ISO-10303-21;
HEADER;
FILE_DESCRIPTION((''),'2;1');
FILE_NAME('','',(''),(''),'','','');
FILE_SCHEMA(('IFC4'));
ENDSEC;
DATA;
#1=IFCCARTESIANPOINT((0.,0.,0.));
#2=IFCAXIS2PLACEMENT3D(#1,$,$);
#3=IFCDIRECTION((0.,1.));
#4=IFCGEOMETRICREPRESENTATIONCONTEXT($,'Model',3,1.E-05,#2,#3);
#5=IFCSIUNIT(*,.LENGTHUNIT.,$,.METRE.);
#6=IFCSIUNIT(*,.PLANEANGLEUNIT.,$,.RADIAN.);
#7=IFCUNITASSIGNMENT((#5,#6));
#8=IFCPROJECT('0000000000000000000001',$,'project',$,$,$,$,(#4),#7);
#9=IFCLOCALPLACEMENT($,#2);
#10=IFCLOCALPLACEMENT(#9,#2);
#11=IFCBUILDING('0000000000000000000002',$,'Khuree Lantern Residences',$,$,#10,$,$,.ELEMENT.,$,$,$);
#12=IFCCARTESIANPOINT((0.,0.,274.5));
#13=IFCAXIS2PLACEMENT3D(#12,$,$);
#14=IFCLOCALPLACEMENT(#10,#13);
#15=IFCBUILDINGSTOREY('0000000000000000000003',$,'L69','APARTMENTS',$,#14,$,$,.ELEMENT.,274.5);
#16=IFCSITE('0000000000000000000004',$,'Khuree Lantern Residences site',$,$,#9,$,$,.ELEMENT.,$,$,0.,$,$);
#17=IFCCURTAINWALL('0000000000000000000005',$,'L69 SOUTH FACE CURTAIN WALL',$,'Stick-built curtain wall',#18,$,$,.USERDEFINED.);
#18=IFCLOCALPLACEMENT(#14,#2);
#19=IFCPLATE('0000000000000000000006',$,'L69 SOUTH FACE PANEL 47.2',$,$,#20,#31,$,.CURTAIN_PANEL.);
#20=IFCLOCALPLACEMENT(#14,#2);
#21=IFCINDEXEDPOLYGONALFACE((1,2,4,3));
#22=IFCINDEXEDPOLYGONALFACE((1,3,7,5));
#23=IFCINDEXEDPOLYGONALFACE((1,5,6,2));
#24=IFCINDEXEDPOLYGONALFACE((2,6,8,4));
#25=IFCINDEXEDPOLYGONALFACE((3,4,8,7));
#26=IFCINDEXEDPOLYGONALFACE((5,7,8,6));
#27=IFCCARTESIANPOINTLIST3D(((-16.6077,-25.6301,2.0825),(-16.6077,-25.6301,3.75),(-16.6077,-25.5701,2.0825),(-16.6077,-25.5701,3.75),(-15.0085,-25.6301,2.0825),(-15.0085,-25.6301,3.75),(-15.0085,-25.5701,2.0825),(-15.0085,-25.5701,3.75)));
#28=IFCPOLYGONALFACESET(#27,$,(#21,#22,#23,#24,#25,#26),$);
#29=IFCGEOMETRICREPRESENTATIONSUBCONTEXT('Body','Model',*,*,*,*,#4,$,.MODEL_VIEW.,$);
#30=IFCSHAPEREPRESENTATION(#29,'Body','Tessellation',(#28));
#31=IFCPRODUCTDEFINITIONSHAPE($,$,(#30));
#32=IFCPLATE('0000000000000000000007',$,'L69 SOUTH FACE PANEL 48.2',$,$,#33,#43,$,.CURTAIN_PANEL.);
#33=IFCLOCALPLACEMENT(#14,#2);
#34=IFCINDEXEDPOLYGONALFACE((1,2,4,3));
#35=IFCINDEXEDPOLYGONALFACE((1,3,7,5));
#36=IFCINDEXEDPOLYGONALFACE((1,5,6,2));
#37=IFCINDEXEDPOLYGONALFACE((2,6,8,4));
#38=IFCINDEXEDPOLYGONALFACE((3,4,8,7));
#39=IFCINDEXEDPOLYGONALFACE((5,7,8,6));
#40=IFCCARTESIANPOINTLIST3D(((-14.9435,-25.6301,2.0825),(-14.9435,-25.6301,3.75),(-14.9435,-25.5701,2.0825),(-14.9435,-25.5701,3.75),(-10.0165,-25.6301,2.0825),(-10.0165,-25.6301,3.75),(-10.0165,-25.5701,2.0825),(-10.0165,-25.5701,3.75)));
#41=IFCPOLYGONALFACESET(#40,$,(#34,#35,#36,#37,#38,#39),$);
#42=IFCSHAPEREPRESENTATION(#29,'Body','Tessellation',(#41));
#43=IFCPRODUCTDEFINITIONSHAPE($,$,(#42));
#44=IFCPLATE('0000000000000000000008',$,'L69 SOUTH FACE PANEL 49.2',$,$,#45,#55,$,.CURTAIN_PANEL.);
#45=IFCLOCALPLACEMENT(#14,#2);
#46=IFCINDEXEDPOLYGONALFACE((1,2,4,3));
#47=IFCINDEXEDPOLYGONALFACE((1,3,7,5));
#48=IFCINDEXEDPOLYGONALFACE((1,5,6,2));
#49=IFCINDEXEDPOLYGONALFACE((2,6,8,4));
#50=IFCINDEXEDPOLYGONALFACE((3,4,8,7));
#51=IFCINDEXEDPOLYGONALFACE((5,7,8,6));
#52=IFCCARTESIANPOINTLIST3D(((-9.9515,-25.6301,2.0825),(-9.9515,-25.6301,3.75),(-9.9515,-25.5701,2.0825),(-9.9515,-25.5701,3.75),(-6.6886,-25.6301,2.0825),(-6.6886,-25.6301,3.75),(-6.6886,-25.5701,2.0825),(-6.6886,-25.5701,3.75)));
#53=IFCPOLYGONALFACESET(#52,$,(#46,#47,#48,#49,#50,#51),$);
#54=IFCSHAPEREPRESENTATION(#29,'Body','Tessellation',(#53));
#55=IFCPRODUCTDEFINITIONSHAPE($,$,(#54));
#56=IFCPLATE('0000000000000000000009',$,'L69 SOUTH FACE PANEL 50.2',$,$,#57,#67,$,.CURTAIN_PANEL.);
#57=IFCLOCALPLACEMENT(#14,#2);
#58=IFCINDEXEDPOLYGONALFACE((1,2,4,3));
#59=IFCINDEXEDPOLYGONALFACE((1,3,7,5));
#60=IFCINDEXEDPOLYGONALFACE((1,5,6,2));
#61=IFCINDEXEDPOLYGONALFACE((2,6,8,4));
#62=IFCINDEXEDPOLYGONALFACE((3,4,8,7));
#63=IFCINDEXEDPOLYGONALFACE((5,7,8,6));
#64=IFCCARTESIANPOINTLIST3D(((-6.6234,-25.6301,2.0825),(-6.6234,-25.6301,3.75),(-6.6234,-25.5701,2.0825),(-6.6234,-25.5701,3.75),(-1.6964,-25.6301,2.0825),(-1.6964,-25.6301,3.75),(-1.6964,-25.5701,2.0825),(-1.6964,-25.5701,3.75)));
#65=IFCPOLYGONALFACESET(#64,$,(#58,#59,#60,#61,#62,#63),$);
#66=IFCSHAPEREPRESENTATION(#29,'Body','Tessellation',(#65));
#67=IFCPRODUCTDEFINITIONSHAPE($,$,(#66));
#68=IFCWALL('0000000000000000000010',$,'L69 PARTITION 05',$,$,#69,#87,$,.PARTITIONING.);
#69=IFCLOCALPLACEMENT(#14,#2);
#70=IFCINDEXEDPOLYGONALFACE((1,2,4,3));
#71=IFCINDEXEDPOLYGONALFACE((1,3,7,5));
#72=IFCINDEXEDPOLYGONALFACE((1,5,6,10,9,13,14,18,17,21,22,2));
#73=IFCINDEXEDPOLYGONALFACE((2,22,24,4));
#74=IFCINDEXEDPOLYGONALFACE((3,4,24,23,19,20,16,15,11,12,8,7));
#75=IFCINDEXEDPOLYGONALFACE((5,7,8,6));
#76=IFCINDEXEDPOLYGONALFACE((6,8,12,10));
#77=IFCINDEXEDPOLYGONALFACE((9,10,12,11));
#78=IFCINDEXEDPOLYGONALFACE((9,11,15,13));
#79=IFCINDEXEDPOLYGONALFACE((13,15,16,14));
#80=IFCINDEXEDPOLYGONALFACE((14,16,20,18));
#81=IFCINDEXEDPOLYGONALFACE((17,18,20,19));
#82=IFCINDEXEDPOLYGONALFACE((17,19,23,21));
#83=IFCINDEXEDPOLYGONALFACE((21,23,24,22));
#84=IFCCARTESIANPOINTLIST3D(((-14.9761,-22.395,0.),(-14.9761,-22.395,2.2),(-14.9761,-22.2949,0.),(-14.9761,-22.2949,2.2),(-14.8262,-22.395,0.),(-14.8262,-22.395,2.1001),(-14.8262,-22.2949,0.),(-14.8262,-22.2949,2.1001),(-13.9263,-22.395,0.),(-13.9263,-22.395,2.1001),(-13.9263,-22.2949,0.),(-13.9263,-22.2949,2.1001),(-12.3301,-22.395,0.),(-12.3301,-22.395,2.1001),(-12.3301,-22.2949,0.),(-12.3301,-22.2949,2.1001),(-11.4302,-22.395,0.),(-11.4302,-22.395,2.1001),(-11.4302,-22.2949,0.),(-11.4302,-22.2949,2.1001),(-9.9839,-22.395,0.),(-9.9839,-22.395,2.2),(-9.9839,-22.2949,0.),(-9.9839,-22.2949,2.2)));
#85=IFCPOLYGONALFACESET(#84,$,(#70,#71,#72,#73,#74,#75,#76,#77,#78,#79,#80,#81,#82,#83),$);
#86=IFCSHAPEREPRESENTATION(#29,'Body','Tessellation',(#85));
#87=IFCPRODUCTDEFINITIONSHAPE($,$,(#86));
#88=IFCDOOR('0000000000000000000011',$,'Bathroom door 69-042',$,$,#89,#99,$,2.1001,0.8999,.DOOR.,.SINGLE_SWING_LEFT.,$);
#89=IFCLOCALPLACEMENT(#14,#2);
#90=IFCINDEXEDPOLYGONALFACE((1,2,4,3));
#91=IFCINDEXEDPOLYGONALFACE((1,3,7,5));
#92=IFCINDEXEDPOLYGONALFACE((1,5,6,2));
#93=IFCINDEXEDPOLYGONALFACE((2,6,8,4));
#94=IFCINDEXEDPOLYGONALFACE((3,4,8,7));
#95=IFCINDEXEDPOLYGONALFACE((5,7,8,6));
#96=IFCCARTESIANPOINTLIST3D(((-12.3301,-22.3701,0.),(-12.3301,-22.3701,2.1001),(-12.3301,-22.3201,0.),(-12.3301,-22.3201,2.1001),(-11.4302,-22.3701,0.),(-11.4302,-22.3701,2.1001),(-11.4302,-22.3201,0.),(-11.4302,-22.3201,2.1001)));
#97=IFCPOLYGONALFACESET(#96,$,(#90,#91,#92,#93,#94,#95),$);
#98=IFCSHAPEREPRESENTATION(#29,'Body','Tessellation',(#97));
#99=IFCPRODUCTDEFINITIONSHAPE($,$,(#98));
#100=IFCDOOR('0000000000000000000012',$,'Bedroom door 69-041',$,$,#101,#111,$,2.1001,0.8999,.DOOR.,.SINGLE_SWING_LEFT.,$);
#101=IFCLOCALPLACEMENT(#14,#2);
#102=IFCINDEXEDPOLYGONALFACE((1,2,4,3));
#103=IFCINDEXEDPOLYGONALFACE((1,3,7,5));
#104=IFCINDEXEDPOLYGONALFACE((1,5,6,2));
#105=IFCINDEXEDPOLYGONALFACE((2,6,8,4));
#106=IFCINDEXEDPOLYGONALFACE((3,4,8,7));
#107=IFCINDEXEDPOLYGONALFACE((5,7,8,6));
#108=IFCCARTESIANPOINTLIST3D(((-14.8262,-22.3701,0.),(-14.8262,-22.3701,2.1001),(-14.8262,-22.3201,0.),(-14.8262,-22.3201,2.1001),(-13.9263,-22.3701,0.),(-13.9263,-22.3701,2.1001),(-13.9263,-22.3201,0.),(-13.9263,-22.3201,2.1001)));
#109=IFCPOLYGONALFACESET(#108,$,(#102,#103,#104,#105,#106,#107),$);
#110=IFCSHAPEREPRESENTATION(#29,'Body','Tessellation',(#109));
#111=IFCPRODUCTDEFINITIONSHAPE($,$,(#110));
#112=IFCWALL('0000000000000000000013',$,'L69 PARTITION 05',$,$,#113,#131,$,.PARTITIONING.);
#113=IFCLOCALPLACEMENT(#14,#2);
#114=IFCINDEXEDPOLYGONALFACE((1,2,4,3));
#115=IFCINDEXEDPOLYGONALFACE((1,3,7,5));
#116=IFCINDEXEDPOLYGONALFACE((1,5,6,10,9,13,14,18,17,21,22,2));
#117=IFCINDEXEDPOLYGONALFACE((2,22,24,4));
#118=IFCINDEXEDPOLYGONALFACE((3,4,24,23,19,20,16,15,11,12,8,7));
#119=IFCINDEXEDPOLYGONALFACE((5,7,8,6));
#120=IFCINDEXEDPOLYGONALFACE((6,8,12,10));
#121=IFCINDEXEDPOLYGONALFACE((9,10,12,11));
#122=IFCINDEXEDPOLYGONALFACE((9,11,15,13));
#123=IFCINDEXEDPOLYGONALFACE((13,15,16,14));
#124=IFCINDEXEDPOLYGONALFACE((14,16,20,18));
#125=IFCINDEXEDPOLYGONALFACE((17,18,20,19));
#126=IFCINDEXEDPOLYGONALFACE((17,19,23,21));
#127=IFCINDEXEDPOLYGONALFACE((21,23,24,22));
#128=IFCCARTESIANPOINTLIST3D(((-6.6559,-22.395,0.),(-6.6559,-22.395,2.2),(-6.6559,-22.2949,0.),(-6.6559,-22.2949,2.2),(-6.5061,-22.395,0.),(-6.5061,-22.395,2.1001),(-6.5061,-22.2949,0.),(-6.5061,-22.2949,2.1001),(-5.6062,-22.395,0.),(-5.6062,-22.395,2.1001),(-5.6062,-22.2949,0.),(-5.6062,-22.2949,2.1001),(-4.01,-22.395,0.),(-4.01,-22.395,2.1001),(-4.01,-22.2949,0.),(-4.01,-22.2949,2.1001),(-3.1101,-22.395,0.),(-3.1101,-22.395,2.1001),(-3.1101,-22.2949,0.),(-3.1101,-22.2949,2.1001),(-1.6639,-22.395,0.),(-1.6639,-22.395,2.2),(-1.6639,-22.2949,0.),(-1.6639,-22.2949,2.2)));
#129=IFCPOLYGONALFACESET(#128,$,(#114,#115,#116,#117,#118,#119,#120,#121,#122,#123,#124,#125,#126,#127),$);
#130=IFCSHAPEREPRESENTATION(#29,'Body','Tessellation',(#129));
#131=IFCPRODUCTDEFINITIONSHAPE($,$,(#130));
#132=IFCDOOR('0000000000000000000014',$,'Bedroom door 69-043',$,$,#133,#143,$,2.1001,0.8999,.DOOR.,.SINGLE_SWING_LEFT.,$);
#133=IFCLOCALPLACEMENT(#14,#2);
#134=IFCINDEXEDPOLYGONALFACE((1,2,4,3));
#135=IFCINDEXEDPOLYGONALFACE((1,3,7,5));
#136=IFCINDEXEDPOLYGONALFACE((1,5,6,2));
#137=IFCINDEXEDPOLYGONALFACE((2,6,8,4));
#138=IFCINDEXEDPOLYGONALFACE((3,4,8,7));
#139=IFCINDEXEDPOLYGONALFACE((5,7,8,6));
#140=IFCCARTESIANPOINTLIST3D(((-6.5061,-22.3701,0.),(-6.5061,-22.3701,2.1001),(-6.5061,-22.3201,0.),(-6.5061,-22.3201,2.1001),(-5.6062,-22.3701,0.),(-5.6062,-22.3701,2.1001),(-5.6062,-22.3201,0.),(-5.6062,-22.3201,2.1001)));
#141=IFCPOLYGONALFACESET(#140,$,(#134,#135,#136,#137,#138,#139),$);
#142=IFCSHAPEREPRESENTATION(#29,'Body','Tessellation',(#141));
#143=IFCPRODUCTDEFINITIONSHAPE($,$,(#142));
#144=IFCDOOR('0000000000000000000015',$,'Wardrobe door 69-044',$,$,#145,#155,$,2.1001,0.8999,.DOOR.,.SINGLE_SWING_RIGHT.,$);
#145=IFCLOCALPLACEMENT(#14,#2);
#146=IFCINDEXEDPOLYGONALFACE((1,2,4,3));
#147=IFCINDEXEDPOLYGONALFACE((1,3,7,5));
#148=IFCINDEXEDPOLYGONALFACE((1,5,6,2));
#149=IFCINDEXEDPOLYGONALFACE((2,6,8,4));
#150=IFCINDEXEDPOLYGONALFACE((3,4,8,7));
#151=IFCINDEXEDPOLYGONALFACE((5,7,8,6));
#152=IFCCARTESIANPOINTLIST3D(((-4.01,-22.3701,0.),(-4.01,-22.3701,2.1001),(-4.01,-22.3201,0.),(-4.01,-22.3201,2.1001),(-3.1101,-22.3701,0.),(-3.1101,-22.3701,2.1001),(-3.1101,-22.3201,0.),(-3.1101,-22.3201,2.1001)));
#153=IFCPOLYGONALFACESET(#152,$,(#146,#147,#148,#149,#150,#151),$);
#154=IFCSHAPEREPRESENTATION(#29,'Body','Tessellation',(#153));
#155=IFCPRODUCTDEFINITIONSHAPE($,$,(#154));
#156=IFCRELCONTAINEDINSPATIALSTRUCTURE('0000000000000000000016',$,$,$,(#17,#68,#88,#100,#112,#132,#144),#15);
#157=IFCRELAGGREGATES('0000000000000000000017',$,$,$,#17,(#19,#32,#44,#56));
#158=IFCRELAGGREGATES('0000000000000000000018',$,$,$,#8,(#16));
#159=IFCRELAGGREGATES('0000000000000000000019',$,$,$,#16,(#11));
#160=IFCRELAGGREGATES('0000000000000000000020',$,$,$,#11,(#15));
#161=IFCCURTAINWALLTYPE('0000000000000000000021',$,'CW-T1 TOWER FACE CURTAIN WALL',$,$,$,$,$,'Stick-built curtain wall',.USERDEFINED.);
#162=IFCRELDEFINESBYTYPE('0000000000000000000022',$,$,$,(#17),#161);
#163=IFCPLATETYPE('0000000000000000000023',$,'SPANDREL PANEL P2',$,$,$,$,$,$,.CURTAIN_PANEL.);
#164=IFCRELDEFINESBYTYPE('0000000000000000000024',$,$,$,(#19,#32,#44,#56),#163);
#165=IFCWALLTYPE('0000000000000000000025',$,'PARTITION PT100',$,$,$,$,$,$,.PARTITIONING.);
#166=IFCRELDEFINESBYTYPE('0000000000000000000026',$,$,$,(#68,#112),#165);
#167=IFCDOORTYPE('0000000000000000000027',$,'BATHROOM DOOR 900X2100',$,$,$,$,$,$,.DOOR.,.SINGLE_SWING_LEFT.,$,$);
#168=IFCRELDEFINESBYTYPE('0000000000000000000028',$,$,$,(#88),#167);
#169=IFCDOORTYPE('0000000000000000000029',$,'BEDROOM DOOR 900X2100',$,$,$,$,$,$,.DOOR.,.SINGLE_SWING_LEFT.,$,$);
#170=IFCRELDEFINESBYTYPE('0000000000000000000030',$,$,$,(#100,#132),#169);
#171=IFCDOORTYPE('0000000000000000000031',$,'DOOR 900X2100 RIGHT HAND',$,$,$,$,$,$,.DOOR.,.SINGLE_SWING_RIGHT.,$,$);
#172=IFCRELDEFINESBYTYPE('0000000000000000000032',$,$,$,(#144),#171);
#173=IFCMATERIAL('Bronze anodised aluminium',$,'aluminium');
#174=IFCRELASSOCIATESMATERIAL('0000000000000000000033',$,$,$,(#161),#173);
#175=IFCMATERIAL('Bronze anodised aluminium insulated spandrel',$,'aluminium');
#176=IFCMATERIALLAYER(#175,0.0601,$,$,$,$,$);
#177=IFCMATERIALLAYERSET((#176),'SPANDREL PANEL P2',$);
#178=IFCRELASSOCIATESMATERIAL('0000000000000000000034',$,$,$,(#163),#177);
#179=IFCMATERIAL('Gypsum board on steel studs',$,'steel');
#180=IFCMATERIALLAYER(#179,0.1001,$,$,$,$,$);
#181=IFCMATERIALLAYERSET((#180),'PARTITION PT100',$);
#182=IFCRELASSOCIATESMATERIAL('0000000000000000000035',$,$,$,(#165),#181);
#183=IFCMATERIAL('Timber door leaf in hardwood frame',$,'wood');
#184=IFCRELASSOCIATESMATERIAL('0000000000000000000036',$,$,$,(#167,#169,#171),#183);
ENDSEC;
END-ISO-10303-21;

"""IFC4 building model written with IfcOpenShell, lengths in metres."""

from ifc_helpers import new_model, si_unit, direction, frame, frame_2d, origin, origin_2d, place, context, subcontext, project, spatial, rectangle, extrude, material, layer, layer_set, type_object, element, fill, aggregate, save


model = new_model("IFC4")

# Units and contexts
model_context = context("Model", 3, precision=1e-05, world=origin(), true_north=direction((0.0, 1.0)))
body_context = subcontext(model_context, "Body", "Model", "MODEL_VIEW")
ifc_project = project(units=[si_unit("LENGTHUNIT", "METRE"), si_unit("PLANEANGLEUNIT", "RADIAN")], contexts=[model_context])

# Site, building, storey
site_placement = place(None, origin())
site = spatial("IfcSite", under=ifc_project, at=site_placement, Name="Khuree Lantern Residences site", CompositionType="ELEMENT", RefElevation=0.0)
building_placement = place(site_placement, origin())
building = spatial("IfcBuilding", under=site, at=building_placement, Name="Khuree Lantern Residences", CompositionType="ELEMENT")
storey_placement = place(building_placement, frame((0.0, 0.0, 274.5)))
storey = spatial("IfcBuildingStorey", under=building, at=storey_placement, Name="L69", Description="APARTMENTS", CompositionType="ELEMENT", Elevation=274.5)

# Curtain wall
ifc_material_1 = material(Name="Bronze anodised aluminium", Category="aluminium")
curtain_wall_type = type_object("IfcCurtainWallType", Name="CW-T1 TOWER FACE CURTAIN WALL", ElementType="Stick-built curtain wall", PredefinedType="USERDEFINED", material=ifc_material_1)
curtain_wall_placement = place(storey_placement, origin())
curtain_wall = element("IfcCurtainWall", 1, at=curtain_wall_placement, inside=storey, type_object=curtain_wall_type, Name="L69 SOUTH FACE CURTAIN WALL", ObjectType="Stick-built curtain wall", PredefinedType="USERDEFINED")

# Plates
ifc_material_2 = material(Name="Bronze anodised aluminium insulated spandrel", Category="aluminium")
ifc_layer_1 = layer(ifc_material_2, 0.0601)
ifc_layer_set_1 = layer_set([ifc_layer_1], Name="SPANDREL PANEL P2")
plate_type_1 = type_object("IfcPlateType", Name="SPANDREL PANEL P2", PredefinedType="CURTAIN_PANEL", material=ifc_layer_set_1)
plate_1_placement = place(storey_placement, frame((-15.8081, -25.6001, 2.0825), z_axis=(0.0, 0.0, 1.0), x_axis=(1.0, 0.0, 0.0)))
plate_1 = element("IfcPlate", 2, at=plate_1_placement, type_object=plate_type_1, Name="L69 SOUTH FACE PANEL 47.2", PredefinedType="CURTAIN_PANEL", context=body_context, shape_type="SweptSolid", body=[
    extrude(rectangle(XDim=1.5991, YDim=0.0601, at=origin_2d()), origin(), (0.0, 0.0, 1.0), 1.6675),
])
plate_2_placement = place(storey_placement, frame((-12.48, -25.6001, 2.0825), z_axis=(0.0, 0.0, 1.0), x_axis=(1.0, 0.0, 0.0)))
plate_2 = element("IfcPlate", 3, at=plate_2_placement, type_object=plate_type_1, Name="L69 SOUTH FACE PANEL 48.2", PredefinedType="CURTAIN_PANEL", context=body_context, shape_type="SweptSolid", body=[
    extrude(rectangle(XDim=4.927, YDim=0.0601, at=origin_2d()), origin(), (0.0, 0.0, 1.0), 1.6675),
])
plate_3_placement = place(storey_placement, frame((-8.3201, -25.6001, 2.0825), z_axis=(0.0, 0.0, 1.0), x_axis=(1.0, 0.0, 0.0)))
plate_3 = element("IfcPlate", 4, at=plate_3_placement, type_object=plate_type_1, Name="L69 SOUTH FACE PANEL 49.2", PredefinedType="CURTAIN_PANEL", context=body_context, shape_type="SweptSolid", body=[
    extrude(rectangle(XDim=3.2629, YDim=0.0601, at=origin_2d()), origin(), (0.0, 0.0, 1.0), 1.6675),
])
plate_4_placement = place(storey_placement, frame((-4.1599, -25.6001, 2.0825), z_axis=(0.0, 0.0, 1.0), x_axis=(1.0, 0.0, 0.0)))
plate_4 = element("IfcPlate", 5, at=plate_4_placement, type_object=plate_type_1, Name="L69 SOUTH FACE PANEL 50.2", PredefinedType="CURTAIN_PANEL", context=body_context, shape_type="SweptSolid", body=[
    extrude(rectangle(XDim=4.927, YDim=0.0601, at=origin_2d()), origin(), (0.0, 0.0, 1.0), 1.6675),
])
aggregate(curtain_wall, [plate_1, plate_2, plate_3, plate_4])

# Walls, openings, doors
ifc_material_3 = material(Name="Gypsum board on steel studs", Category="steel")
ifc_layer_2 = layer(ifc_material_3, 0.1001)
ifc_layer_set_2 = layer_set([ifc_layer_2], Name="PARTITION PT100")
wall_type = type_object("IfcWallType", Name="PARTITION PT100", PredefinedType="PARTITIONING", material=ifc_layer_set_2)
wall_1_placement = place(storey_placement, frame((-14.9761, -22.345, 0.0), z_axis=(0.0, 0.0, 1.0), x_axis=(1.0, 0.0, 0.0)))
wall_1 = element("IfcWall", 6, at=wall_1_placement, inside=storey, type_object=wall_type, Name="L69 PARTITION 05", PredefinedType="PARTITIONING", context=body_context, shape_type="SweptSolid", body=[
    extrude(rectangle(XDim=4.9922, YDim=0.1001, at=frame_2d((2.4961, 0.0))), origin(), (0.0, 0.0, 1.0), 2.2),
])
opening_1_placement = place(wall_1_placement, frame((0.1499, 0.0, 0.0)))
opening_1 = element("IfcOpeningElement", 7, at=opening_1_placement, cuts=wall_1, PredefinedType="OPENING", context=body_context, shape_type="SweptSolid", body=[
    extrude(rectangle(XDim=0.8999, YDim=2.1001, at=frame_2d((0.45, 1.05))), frame((0.0, 0.0601, 0.0), z_axis=(0.0, -1.0, 0.0), x_axis=(1.0, 0.0, 0.0)), (0.0, 0.0, 1.0), 0.1201),
])
opening_2_placement = place(wall_1_placement, frame((2.646, 0.0, 0.0)))
opening_2 = element("IfcOpeningElement", 8, at=opening_2_placement, cuts=wall_1, PredefinedType="OPENING", context=body_context, shape_type="SweptSolid", body=[
    extrude(rectangle(XDim=0.8999, YDim=2.1001, at=frame_2d((0.45, 1.05))), frame((0.0, 0.0601, 0.0), z_axis=(0.0, -1.0, 0.0), x_axis=(1.0, 0.0, 0.0)), (0.0, 0.0, 1.0), 0.1201),
])
ifc_material_4 = material(Name="Timber door leaf in hardwood frame", Category="wood")
door_type_1 = type_object("IfcDoorType", Name="BATHROOM DOOR 900X2100", OperationType="SINGLE_SWING_LEFT", PredefinedType="DOOR", material=ifc_material_4)
door_1_placement = place(opening_2_placement, origin())
door_1 = element("IfcDoor", 9, at=door_1_placement, inside=storey, type_object=door_type_1, Name="Bathroom door 69-042", OperationType="SINGLE_SWING_LEFT", OverallHeight=2.1001, OverallWidth=0.8999, PredefinedType="DOOR", context=body_context, shape_type="SweptSolid", body=[
    extrude(rectangle(XDim=0.8999, YDim=2.1001, at=frame_2d((0.45, 1.05))), frame((0.0, 0.0249, 0.0), z_axis=(0.0, -1.0, 0.0), x_axis=(1.0, 0.0, 0.0)), (0.0, 0.0, 1.0), 0.05),
])
fill(opening_2, door_1)
door_type_2 = type_object("IfcDoorType", Name="BEDROOM DOOR 900X2100", OperationType="SINGLE_SWING_LEFT", PredefinedType="DOOR", material=ifc_material_4)
door_2_placement = place(opening_1_placement, origin())
door_2 = element("IfcDoor", 10, at=door_2_placement, inside=storey, type_object=door_type_2, Name="Bedroom door 69-041", OperationType="SINGLE_SWING_LEFT", OverallHeight=2.1001, OverallWidth=0.8999, PredefinedType="DOOR", context=body_context, shape_type="SweptSolid", body=[
    extrude(rectangle(XDim=0.8999, YDim=2.1001, at=frame_2d((0.45, 1.05))), frame((0.0, 0.0249, 0.0), z_axis=(0.0, -1.0, 0.0), x_axis=(1.0, 0.0, 0.0)), (0.0, 0.0, 1.0), 0.05),
])
fill(opening_1, door_2)
wall_2_placement = place(storey_placement, frame((-6.656, -22.345, 0.0), z_axis=(0.0, 0.0, 1.0), x_axis=(1.0, 0.0, 0.0)))
wall_2 = element("IfcWall", 11, at=wall_2_placement, inside=storey, type_object=wall_type, Name="L69 PARTITION 05", PredefinedType="PARTITIONING", context=body_context, shape_type="SweptSolid", body=[
    extrude(rectangle(XDim=4.9919, YDim=0.1001, at=frame_2d((2.4961, 0.0))), origin(), (0.0, 0.0, 1.0), 2.2),
])
opening_3_placement = place(wall_2_placement, frame((0.1499, 0.0, 0.0)))
opening_3 = element("IfcOpeningElement", 12, at=opening_3_placement, cuts=wall_2, PredefinedType="OPENING", context=body_context, shape_type="SweptSolid", body=[
    extrude(rectangle(XDim=0.8999, YDim=2.1001, at=frame_2d((0.45, 1.05))), frame((0.0, 0.0601, 0.0), z_axis=(0.0, -1.0, 0.0), x_axis=(1.0, 0.0, 0.0)), (0.0, 0.0, 1.0), 0.1201),
])
opening_4_placement = place(wall_2_placement, frame((2.646, 0.0, 0.0)))
opening_4 = element("IfcOpeningElement", 13, at=opening_4_placement, cuts=wall_2, PredefinedType="OPENING", context=body_context, shape_type="SweptSolid", body=[
    extrude(rectangle(XDim=0.8999, YDim=2.1001, at=frame_2d((0.45, 1.05))), frame((0.0, 0.0601, 0.0), z_axis=(0.0, -1.0, 0.0), x_axis=(1.0, 0.0, 0.0)), (0.0, 0.0, 1.0), 0.1201),
])
door_3_placement = place(opening_3_placement, origin())
door_3 = element("IfcDoor", 14, at=door_3_placement, inside=storey, type_object=door_type_2, Name="Bedroom door 69-043", OperationType="SINGLE_SWING_LEFT", OverallHeight=2.1001, OverallWidth=0.8999, PredefinedType="DOOR", context=body_context, shape_type="SweptSolid", body=[
    extrude(rectangle(XDim=0.8999, YDim=2.1001, at=frame_2d((0.45, 1.05))), frame((0.0, 0.0249, 0.0), z_axis=(0.0, -1.0, 0.0), x_axis=(1.0, 0.0, 0.0)), (0.0, 0.0, 1.0), 0.05),
])
fill(opening_3, door_3)
door_type_3 = type_object("IfcDoorType", Name="DOOR 900X2100 RIGHT HAND", OperationType="SINGLE_SWING_RIGHT", PredefinedType="DOOR", material=ifc_material_4)
door_4_placement = place(opening_4_placement, origin())
door_4 = element("IfcDoor", 15, at=door_4_placement, inside=storey, type_object=door_type_3, Name="Wardrobe door 69-044", OperationType="SINGLE_SWING_RIGHT", OverallHeight=2.1001, OverallWidth=0.8999, PredefinedType="DOOR", context=body_context, shape_type="SweptSolid", body=[
    extrude(rectangle(XDim=0.8999, YDim=2.1001, at=frame_2d((0.45, 1.05))), frame((0.0, 0.0249, 0.0), z_axis=(0.0, -1.0, 0.0), x_axis=(1.0, 0.0, 0.0)), (0.0, 0.0, 1.0), 0.05),
])
fill(opening_4, door_4)

save(model, "model.ifc")
